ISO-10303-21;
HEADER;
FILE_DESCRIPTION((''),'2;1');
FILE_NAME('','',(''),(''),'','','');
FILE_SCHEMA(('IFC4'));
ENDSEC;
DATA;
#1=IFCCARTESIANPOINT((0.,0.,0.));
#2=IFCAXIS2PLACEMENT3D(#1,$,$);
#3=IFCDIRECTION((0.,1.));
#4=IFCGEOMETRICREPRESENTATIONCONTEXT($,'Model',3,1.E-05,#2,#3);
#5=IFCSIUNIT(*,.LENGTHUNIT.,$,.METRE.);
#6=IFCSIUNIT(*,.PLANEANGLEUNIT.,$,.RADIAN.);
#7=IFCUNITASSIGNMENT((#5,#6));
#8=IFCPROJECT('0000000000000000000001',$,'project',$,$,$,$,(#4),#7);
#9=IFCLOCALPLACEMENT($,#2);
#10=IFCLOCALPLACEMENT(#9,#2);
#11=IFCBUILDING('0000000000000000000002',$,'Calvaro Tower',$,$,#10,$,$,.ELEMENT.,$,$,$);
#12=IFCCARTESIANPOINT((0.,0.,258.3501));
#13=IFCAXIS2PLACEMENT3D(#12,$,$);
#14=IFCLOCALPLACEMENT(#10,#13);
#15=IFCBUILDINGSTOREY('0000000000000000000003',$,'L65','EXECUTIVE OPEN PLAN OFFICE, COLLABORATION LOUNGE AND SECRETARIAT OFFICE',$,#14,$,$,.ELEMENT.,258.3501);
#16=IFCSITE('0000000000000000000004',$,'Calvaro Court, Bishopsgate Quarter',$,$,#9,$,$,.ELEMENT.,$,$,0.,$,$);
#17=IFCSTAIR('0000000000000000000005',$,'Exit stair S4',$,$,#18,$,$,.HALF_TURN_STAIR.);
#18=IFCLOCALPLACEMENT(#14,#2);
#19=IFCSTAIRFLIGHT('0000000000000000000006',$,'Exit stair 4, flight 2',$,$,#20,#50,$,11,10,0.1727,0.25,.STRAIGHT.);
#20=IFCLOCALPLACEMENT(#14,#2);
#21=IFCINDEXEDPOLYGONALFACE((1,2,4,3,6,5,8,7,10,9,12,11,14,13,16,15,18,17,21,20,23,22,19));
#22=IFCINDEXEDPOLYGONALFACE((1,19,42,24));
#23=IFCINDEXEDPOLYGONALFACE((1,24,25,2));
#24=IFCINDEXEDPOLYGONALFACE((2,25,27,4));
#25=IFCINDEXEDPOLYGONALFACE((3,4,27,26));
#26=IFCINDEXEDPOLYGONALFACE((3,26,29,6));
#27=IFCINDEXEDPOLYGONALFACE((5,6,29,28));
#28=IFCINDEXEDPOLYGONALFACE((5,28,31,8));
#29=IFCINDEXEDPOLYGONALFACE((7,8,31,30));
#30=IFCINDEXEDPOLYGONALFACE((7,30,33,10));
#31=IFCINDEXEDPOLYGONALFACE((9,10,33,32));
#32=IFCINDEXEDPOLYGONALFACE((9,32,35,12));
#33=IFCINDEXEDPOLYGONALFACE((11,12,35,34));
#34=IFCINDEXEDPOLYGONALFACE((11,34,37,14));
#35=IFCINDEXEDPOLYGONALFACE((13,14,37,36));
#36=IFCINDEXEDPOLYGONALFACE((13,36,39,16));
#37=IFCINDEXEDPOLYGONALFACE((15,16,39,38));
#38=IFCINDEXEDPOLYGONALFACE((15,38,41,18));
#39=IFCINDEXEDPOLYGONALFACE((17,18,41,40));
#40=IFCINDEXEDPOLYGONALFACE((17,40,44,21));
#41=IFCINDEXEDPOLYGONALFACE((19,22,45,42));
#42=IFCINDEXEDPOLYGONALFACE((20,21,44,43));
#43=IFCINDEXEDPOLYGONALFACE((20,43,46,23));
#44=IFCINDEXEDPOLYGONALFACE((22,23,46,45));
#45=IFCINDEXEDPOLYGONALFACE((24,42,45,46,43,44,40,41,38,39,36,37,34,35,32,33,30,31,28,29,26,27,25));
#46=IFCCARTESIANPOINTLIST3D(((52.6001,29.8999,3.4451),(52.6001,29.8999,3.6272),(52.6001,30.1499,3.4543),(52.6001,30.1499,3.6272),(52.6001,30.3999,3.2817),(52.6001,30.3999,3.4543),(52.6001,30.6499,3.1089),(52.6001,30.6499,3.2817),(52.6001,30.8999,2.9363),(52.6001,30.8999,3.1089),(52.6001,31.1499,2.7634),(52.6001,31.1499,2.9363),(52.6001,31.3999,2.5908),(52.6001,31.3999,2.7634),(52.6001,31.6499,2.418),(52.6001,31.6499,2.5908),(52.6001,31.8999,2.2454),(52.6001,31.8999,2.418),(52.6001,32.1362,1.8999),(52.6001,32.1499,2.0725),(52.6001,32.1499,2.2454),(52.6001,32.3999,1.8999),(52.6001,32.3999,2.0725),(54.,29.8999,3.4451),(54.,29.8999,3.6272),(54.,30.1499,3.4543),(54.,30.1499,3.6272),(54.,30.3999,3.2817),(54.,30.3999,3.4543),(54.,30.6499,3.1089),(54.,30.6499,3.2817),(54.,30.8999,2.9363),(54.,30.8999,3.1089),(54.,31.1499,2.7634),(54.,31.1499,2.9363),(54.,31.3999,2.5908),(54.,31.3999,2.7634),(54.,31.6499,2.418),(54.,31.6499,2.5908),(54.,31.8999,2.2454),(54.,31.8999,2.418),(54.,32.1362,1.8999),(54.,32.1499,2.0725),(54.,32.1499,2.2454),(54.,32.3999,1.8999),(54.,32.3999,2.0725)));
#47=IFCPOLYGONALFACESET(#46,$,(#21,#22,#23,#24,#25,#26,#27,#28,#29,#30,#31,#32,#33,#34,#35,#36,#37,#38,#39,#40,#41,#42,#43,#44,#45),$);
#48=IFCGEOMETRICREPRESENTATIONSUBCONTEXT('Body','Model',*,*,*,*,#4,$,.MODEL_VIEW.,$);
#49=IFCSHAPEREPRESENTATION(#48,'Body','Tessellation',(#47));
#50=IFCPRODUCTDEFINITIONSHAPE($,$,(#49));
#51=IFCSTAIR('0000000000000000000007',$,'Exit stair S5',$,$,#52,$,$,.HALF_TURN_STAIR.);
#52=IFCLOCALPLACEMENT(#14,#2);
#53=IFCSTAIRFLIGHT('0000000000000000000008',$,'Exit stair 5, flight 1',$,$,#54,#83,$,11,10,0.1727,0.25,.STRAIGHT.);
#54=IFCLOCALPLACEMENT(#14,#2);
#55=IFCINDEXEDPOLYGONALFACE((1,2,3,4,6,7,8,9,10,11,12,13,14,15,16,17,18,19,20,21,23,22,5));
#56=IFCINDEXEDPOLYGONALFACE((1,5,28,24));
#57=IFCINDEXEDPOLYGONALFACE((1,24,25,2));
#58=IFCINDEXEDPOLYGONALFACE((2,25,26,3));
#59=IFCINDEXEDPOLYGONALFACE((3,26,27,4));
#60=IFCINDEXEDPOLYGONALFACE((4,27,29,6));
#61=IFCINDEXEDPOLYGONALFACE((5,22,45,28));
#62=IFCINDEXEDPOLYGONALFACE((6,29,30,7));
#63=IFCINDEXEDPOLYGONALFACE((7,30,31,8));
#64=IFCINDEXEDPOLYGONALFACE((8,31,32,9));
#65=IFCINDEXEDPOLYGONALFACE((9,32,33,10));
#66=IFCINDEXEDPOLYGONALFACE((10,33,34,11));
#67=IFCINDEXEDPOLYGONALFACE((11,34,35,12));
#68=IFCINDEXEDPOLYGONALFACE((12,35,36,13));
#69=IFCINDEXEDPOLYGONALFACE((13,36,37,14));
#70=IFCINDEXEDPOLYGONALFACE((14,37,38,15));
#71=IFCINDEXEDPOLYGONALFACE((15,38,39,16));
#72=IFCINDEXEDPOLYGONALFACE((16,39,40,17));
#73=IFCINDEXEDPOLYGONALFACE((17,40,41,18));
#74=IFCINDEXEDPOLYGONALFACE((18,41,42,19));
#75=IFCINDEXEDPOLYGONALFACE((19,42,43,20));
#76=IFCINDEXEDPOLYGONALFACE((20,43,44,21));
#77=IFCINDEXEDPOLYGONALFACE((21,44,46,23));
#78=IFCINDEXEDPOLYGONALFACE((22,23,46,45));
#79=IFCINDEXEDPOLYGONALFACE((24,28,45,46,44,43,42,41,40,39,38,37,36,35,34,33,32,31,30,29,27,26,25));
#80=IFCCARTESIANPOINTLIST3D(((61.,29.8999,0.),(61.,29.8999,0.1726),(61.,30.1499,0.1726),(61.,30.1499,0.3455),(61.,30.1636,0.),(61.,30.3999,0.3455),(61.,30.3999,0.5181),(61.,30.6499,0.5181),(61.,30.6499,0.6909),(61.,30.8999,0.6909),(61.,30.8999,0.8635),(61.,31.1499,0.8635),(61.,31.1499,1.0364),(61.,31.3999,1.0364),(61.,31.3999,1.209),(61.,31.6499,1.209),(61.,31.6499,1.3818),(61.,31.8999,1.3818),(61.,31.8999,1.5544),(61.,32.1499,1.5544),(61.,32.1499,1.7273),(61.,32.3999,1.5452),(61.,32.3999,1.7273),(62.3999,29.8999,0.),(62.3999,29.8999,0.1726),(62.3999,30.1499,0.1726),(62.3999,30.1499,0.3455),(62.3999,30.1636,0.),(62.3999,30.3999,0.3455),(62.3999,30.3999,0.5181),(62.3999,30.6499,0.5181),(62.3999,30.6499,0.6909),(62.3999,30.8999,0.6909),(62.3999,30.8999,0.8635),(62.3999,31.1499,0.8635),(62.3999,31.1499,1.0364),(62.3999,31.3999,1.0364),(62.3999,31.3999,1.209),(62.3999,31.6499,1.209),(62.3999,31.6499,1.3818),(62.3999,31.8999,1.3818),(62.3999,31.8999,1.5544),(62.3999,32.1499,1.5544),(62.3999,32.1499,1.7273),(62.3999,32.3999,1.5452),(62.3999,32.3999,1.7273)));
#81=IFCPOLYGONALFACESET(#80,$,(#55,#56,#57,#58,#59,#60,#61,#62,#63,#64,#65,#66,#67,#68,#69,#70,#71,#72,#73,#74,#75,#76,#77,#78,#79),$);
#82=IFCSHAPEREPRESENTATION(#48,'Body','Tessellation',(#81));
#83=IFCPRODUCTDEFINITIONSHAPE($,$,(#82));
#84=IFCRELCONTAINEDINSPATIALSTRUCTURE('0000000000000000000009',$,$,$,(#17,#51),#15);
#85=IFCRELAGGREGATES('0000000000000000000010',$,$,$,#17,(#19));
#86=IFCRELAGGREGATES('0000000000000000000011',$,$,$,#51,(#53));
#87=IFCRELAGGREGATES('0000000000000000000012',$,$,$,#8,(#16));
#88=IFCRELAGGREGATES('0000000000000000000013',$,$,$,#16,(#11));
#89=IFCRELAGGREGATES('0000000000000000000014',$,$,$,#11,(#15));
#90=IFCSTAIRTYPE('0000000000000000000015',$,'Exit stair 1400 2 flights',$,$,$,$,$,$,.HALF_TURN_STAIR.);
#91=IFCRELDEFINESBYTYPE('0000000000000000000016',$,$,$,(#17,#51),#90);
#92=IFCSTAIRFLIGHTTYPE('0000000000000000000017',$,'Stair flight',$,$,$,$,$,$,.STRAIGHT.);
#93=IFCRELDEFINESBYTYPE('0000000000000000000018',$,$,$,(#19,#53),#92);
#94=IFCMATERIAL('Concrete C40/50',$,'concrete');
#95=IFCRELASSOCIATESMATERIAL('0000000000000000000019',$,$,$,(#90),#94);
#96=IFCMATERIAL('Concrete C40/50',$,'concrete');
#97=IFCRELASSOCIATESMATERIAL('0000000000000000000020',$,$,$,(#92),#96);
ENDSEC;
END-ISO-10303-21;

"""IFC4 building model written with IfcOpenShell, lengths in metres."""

from ifc_helpers import new_model, si_unit, direction, frame, origin, place, context, subcontext, project, spatial, polyline, outline, extrude, material, type_object, element, aggregate, save


model = new_model("IFC4")

# Units and contexts
model_context = context("Model", 3, precision=1e-05, world=origin(), true_north=direction((0.0, 1.0)))
body_context = subcontext(model_context, "Body", "Model", "MODEL_VIEW")
ifc_project = project(units=[si_unit("LENGTHUNIT", "METRE"), si_unit("PLANEANGLEUNIT", "RADIAN")], contexts=[model_context])

# Site, building, storey
site_placement = place(None, origin())
site = spatial("IfcSite", under=ifc_project, at=site_placement, Name="Calvaro Court, Bishopsgate Quarter", CompositionType="ELEMENT", RefElevation=0.0)
building_placement = place(site_placement, origin())
building = spatial("IfcBuilding", under=site, at=building_placement, Name="Calvaro Tower", CompositionType="ELEMENT")
storey_placement = place(building_placement, frame((0.0, 0.0, 258.3501)))
storey = spatial("IfcBuildingStorey", under=building, at=storey_placement, Name="L65", Description="EXECUTIVE OPEN PLAN OFFICE, COLLABORATION LOUNGE AND SECRETARIAT OFFICE", CompositionType="ELEMENT", Elevation=258.3501)

# Stair, stair flight
ifc_material_1 = material(Name="Concrete C40/50", Category="concrete")
stair_type = type_object("IfcStairType", Name="Exit stair 1400 2 flights", PredefinedType="HALF_TURN_STAIR", material=ifc_material_1)
ifc_material_2 = material(Name="Concrete C40/50", Category="concrete")
stair_flight_type = type_object("IfcStairFlightType", Name="Stair flight", PredefinedType="STRAIGHT", material=ifc_material_2)
stair_1_placement = place(storey_placement, origin())
stair_1 = element("IfcStair", 1, at=stair_1_placement, inside=storey, type_object=stair_type, Name="Exit stair S4", PredefinedType="HALF_TURN_STAIR")
stair_flight_1_placement = place(storey_placement, frame((53.3, 32.3999, 1.8999), z_axis=(0.0, 0.0, 1.0), x_axis=(0.0, -1.0, 0.0)))
stair_flight_1 = element("IfcStairFlight", 2, at=stair_flight_1_placement, type_object=stair_flight_type, Name="Exit stair 4, flight 2", NumberOfRisers=11, NumberOfTreads=10, PredefinedType="STRAIGHT", RiserHeight=0.1727, TreadLength=0.25, context=body_context, shape_type="SweptSolid", body=[
    extrude(outline(polyline([(0.0, 0.0), (0.0, 0.1726), (0.25, 0.1726), (0.25, 0.3455), (0.5, 0.3455), (0.5, 0.5181), (0.75, 0.5181), (0.75, 0.6909), (1.0, 0.6909), (1.0, 0.8635), (1.25, 0.8635), (1.25, 1.0364), (1.5, 1.0364), (1.5, 1.209), (1.75, 1.209), (1.75, 1.3818), (2.0, 1.3818), (2.0, 1.5544), (2.25, 1.5544), (2.25, 1.7273), (2.5, 1.7273), (2.5, 1.8999), (2.5, 1.5452), (0.2637, 0.0), (0.0, 0.0)])), frame((0.0, 0.7, 0.0), z_axis=(0.0, -1.0, 0.0), x_axis=(1.0, 0.0, 0.0)), (0.0, 0.0, 1.0), 1.3999),
])

# Stair, stair flight
stair_2_placement = place(storey_placement, origin())
stair_2 = element("IfcStair", 3, at=stair_2_placement, inside=storey, type_object=stair_type, Name="Exit stair S5", PredefinedType="HALF_TURN_STAIR")
stair_flight_2_placement = place(storey_placement, frame((61.7, 29.8999, 0.0), z_axis=(0.0, 0.0, 1.0), x_axis=(0.0, 1.0, 0.0)))
stair_flight_2 = element("IfcStairFlight", 4, at=stair_flight_2_placement, type_object=stair_flight_type, Name="Exit stair 5, flight 1", NumberOfRisers=11, NumberOfTreads=10, PredefinedType="STRAIGHT", RiserHeight=0.1727, TreadLength=0.25, context=body_context, shape_type="SweptSolid", body=[
    extrude(outline(polyline([(0.0, 0.0), (0.0, 0.1726), (0.25, 0.1726), (0.25, 0.3455), (0.5, 0.3455), (0.5, 0.5181), (0.75, 0.5181), (0.75, 0.6909), (1.0, 0.6909), (1.0, 0.8635), (1.25, 0.8635), (1.25, 1.0364), (1.5, 1.0364), (1.5, 1.209), (1.75, 1.209), (1.75, 1.3818), (2.0, 1.3818), (2.0, 1.5544), (2.25, 1.5544), (2.25, 1.7273), (2.5, 1.7273), (2.5, 1.8999), (2.5, 1.5452), (0.2637, 0.0), (0.0, 0.0)])), frame((0.0, 0.7, 0.0), z_axis=(0.0, -1.0, 0.0), x_axis=(1.0, 0.0, 0.0)), (0.0, 0.0, 1.0), 1.3999),
])

aggregate(stair_1, [stair_flight_1])
aggregate(stair_2, [stair_flight_2])

save(model, "model.ifc")
